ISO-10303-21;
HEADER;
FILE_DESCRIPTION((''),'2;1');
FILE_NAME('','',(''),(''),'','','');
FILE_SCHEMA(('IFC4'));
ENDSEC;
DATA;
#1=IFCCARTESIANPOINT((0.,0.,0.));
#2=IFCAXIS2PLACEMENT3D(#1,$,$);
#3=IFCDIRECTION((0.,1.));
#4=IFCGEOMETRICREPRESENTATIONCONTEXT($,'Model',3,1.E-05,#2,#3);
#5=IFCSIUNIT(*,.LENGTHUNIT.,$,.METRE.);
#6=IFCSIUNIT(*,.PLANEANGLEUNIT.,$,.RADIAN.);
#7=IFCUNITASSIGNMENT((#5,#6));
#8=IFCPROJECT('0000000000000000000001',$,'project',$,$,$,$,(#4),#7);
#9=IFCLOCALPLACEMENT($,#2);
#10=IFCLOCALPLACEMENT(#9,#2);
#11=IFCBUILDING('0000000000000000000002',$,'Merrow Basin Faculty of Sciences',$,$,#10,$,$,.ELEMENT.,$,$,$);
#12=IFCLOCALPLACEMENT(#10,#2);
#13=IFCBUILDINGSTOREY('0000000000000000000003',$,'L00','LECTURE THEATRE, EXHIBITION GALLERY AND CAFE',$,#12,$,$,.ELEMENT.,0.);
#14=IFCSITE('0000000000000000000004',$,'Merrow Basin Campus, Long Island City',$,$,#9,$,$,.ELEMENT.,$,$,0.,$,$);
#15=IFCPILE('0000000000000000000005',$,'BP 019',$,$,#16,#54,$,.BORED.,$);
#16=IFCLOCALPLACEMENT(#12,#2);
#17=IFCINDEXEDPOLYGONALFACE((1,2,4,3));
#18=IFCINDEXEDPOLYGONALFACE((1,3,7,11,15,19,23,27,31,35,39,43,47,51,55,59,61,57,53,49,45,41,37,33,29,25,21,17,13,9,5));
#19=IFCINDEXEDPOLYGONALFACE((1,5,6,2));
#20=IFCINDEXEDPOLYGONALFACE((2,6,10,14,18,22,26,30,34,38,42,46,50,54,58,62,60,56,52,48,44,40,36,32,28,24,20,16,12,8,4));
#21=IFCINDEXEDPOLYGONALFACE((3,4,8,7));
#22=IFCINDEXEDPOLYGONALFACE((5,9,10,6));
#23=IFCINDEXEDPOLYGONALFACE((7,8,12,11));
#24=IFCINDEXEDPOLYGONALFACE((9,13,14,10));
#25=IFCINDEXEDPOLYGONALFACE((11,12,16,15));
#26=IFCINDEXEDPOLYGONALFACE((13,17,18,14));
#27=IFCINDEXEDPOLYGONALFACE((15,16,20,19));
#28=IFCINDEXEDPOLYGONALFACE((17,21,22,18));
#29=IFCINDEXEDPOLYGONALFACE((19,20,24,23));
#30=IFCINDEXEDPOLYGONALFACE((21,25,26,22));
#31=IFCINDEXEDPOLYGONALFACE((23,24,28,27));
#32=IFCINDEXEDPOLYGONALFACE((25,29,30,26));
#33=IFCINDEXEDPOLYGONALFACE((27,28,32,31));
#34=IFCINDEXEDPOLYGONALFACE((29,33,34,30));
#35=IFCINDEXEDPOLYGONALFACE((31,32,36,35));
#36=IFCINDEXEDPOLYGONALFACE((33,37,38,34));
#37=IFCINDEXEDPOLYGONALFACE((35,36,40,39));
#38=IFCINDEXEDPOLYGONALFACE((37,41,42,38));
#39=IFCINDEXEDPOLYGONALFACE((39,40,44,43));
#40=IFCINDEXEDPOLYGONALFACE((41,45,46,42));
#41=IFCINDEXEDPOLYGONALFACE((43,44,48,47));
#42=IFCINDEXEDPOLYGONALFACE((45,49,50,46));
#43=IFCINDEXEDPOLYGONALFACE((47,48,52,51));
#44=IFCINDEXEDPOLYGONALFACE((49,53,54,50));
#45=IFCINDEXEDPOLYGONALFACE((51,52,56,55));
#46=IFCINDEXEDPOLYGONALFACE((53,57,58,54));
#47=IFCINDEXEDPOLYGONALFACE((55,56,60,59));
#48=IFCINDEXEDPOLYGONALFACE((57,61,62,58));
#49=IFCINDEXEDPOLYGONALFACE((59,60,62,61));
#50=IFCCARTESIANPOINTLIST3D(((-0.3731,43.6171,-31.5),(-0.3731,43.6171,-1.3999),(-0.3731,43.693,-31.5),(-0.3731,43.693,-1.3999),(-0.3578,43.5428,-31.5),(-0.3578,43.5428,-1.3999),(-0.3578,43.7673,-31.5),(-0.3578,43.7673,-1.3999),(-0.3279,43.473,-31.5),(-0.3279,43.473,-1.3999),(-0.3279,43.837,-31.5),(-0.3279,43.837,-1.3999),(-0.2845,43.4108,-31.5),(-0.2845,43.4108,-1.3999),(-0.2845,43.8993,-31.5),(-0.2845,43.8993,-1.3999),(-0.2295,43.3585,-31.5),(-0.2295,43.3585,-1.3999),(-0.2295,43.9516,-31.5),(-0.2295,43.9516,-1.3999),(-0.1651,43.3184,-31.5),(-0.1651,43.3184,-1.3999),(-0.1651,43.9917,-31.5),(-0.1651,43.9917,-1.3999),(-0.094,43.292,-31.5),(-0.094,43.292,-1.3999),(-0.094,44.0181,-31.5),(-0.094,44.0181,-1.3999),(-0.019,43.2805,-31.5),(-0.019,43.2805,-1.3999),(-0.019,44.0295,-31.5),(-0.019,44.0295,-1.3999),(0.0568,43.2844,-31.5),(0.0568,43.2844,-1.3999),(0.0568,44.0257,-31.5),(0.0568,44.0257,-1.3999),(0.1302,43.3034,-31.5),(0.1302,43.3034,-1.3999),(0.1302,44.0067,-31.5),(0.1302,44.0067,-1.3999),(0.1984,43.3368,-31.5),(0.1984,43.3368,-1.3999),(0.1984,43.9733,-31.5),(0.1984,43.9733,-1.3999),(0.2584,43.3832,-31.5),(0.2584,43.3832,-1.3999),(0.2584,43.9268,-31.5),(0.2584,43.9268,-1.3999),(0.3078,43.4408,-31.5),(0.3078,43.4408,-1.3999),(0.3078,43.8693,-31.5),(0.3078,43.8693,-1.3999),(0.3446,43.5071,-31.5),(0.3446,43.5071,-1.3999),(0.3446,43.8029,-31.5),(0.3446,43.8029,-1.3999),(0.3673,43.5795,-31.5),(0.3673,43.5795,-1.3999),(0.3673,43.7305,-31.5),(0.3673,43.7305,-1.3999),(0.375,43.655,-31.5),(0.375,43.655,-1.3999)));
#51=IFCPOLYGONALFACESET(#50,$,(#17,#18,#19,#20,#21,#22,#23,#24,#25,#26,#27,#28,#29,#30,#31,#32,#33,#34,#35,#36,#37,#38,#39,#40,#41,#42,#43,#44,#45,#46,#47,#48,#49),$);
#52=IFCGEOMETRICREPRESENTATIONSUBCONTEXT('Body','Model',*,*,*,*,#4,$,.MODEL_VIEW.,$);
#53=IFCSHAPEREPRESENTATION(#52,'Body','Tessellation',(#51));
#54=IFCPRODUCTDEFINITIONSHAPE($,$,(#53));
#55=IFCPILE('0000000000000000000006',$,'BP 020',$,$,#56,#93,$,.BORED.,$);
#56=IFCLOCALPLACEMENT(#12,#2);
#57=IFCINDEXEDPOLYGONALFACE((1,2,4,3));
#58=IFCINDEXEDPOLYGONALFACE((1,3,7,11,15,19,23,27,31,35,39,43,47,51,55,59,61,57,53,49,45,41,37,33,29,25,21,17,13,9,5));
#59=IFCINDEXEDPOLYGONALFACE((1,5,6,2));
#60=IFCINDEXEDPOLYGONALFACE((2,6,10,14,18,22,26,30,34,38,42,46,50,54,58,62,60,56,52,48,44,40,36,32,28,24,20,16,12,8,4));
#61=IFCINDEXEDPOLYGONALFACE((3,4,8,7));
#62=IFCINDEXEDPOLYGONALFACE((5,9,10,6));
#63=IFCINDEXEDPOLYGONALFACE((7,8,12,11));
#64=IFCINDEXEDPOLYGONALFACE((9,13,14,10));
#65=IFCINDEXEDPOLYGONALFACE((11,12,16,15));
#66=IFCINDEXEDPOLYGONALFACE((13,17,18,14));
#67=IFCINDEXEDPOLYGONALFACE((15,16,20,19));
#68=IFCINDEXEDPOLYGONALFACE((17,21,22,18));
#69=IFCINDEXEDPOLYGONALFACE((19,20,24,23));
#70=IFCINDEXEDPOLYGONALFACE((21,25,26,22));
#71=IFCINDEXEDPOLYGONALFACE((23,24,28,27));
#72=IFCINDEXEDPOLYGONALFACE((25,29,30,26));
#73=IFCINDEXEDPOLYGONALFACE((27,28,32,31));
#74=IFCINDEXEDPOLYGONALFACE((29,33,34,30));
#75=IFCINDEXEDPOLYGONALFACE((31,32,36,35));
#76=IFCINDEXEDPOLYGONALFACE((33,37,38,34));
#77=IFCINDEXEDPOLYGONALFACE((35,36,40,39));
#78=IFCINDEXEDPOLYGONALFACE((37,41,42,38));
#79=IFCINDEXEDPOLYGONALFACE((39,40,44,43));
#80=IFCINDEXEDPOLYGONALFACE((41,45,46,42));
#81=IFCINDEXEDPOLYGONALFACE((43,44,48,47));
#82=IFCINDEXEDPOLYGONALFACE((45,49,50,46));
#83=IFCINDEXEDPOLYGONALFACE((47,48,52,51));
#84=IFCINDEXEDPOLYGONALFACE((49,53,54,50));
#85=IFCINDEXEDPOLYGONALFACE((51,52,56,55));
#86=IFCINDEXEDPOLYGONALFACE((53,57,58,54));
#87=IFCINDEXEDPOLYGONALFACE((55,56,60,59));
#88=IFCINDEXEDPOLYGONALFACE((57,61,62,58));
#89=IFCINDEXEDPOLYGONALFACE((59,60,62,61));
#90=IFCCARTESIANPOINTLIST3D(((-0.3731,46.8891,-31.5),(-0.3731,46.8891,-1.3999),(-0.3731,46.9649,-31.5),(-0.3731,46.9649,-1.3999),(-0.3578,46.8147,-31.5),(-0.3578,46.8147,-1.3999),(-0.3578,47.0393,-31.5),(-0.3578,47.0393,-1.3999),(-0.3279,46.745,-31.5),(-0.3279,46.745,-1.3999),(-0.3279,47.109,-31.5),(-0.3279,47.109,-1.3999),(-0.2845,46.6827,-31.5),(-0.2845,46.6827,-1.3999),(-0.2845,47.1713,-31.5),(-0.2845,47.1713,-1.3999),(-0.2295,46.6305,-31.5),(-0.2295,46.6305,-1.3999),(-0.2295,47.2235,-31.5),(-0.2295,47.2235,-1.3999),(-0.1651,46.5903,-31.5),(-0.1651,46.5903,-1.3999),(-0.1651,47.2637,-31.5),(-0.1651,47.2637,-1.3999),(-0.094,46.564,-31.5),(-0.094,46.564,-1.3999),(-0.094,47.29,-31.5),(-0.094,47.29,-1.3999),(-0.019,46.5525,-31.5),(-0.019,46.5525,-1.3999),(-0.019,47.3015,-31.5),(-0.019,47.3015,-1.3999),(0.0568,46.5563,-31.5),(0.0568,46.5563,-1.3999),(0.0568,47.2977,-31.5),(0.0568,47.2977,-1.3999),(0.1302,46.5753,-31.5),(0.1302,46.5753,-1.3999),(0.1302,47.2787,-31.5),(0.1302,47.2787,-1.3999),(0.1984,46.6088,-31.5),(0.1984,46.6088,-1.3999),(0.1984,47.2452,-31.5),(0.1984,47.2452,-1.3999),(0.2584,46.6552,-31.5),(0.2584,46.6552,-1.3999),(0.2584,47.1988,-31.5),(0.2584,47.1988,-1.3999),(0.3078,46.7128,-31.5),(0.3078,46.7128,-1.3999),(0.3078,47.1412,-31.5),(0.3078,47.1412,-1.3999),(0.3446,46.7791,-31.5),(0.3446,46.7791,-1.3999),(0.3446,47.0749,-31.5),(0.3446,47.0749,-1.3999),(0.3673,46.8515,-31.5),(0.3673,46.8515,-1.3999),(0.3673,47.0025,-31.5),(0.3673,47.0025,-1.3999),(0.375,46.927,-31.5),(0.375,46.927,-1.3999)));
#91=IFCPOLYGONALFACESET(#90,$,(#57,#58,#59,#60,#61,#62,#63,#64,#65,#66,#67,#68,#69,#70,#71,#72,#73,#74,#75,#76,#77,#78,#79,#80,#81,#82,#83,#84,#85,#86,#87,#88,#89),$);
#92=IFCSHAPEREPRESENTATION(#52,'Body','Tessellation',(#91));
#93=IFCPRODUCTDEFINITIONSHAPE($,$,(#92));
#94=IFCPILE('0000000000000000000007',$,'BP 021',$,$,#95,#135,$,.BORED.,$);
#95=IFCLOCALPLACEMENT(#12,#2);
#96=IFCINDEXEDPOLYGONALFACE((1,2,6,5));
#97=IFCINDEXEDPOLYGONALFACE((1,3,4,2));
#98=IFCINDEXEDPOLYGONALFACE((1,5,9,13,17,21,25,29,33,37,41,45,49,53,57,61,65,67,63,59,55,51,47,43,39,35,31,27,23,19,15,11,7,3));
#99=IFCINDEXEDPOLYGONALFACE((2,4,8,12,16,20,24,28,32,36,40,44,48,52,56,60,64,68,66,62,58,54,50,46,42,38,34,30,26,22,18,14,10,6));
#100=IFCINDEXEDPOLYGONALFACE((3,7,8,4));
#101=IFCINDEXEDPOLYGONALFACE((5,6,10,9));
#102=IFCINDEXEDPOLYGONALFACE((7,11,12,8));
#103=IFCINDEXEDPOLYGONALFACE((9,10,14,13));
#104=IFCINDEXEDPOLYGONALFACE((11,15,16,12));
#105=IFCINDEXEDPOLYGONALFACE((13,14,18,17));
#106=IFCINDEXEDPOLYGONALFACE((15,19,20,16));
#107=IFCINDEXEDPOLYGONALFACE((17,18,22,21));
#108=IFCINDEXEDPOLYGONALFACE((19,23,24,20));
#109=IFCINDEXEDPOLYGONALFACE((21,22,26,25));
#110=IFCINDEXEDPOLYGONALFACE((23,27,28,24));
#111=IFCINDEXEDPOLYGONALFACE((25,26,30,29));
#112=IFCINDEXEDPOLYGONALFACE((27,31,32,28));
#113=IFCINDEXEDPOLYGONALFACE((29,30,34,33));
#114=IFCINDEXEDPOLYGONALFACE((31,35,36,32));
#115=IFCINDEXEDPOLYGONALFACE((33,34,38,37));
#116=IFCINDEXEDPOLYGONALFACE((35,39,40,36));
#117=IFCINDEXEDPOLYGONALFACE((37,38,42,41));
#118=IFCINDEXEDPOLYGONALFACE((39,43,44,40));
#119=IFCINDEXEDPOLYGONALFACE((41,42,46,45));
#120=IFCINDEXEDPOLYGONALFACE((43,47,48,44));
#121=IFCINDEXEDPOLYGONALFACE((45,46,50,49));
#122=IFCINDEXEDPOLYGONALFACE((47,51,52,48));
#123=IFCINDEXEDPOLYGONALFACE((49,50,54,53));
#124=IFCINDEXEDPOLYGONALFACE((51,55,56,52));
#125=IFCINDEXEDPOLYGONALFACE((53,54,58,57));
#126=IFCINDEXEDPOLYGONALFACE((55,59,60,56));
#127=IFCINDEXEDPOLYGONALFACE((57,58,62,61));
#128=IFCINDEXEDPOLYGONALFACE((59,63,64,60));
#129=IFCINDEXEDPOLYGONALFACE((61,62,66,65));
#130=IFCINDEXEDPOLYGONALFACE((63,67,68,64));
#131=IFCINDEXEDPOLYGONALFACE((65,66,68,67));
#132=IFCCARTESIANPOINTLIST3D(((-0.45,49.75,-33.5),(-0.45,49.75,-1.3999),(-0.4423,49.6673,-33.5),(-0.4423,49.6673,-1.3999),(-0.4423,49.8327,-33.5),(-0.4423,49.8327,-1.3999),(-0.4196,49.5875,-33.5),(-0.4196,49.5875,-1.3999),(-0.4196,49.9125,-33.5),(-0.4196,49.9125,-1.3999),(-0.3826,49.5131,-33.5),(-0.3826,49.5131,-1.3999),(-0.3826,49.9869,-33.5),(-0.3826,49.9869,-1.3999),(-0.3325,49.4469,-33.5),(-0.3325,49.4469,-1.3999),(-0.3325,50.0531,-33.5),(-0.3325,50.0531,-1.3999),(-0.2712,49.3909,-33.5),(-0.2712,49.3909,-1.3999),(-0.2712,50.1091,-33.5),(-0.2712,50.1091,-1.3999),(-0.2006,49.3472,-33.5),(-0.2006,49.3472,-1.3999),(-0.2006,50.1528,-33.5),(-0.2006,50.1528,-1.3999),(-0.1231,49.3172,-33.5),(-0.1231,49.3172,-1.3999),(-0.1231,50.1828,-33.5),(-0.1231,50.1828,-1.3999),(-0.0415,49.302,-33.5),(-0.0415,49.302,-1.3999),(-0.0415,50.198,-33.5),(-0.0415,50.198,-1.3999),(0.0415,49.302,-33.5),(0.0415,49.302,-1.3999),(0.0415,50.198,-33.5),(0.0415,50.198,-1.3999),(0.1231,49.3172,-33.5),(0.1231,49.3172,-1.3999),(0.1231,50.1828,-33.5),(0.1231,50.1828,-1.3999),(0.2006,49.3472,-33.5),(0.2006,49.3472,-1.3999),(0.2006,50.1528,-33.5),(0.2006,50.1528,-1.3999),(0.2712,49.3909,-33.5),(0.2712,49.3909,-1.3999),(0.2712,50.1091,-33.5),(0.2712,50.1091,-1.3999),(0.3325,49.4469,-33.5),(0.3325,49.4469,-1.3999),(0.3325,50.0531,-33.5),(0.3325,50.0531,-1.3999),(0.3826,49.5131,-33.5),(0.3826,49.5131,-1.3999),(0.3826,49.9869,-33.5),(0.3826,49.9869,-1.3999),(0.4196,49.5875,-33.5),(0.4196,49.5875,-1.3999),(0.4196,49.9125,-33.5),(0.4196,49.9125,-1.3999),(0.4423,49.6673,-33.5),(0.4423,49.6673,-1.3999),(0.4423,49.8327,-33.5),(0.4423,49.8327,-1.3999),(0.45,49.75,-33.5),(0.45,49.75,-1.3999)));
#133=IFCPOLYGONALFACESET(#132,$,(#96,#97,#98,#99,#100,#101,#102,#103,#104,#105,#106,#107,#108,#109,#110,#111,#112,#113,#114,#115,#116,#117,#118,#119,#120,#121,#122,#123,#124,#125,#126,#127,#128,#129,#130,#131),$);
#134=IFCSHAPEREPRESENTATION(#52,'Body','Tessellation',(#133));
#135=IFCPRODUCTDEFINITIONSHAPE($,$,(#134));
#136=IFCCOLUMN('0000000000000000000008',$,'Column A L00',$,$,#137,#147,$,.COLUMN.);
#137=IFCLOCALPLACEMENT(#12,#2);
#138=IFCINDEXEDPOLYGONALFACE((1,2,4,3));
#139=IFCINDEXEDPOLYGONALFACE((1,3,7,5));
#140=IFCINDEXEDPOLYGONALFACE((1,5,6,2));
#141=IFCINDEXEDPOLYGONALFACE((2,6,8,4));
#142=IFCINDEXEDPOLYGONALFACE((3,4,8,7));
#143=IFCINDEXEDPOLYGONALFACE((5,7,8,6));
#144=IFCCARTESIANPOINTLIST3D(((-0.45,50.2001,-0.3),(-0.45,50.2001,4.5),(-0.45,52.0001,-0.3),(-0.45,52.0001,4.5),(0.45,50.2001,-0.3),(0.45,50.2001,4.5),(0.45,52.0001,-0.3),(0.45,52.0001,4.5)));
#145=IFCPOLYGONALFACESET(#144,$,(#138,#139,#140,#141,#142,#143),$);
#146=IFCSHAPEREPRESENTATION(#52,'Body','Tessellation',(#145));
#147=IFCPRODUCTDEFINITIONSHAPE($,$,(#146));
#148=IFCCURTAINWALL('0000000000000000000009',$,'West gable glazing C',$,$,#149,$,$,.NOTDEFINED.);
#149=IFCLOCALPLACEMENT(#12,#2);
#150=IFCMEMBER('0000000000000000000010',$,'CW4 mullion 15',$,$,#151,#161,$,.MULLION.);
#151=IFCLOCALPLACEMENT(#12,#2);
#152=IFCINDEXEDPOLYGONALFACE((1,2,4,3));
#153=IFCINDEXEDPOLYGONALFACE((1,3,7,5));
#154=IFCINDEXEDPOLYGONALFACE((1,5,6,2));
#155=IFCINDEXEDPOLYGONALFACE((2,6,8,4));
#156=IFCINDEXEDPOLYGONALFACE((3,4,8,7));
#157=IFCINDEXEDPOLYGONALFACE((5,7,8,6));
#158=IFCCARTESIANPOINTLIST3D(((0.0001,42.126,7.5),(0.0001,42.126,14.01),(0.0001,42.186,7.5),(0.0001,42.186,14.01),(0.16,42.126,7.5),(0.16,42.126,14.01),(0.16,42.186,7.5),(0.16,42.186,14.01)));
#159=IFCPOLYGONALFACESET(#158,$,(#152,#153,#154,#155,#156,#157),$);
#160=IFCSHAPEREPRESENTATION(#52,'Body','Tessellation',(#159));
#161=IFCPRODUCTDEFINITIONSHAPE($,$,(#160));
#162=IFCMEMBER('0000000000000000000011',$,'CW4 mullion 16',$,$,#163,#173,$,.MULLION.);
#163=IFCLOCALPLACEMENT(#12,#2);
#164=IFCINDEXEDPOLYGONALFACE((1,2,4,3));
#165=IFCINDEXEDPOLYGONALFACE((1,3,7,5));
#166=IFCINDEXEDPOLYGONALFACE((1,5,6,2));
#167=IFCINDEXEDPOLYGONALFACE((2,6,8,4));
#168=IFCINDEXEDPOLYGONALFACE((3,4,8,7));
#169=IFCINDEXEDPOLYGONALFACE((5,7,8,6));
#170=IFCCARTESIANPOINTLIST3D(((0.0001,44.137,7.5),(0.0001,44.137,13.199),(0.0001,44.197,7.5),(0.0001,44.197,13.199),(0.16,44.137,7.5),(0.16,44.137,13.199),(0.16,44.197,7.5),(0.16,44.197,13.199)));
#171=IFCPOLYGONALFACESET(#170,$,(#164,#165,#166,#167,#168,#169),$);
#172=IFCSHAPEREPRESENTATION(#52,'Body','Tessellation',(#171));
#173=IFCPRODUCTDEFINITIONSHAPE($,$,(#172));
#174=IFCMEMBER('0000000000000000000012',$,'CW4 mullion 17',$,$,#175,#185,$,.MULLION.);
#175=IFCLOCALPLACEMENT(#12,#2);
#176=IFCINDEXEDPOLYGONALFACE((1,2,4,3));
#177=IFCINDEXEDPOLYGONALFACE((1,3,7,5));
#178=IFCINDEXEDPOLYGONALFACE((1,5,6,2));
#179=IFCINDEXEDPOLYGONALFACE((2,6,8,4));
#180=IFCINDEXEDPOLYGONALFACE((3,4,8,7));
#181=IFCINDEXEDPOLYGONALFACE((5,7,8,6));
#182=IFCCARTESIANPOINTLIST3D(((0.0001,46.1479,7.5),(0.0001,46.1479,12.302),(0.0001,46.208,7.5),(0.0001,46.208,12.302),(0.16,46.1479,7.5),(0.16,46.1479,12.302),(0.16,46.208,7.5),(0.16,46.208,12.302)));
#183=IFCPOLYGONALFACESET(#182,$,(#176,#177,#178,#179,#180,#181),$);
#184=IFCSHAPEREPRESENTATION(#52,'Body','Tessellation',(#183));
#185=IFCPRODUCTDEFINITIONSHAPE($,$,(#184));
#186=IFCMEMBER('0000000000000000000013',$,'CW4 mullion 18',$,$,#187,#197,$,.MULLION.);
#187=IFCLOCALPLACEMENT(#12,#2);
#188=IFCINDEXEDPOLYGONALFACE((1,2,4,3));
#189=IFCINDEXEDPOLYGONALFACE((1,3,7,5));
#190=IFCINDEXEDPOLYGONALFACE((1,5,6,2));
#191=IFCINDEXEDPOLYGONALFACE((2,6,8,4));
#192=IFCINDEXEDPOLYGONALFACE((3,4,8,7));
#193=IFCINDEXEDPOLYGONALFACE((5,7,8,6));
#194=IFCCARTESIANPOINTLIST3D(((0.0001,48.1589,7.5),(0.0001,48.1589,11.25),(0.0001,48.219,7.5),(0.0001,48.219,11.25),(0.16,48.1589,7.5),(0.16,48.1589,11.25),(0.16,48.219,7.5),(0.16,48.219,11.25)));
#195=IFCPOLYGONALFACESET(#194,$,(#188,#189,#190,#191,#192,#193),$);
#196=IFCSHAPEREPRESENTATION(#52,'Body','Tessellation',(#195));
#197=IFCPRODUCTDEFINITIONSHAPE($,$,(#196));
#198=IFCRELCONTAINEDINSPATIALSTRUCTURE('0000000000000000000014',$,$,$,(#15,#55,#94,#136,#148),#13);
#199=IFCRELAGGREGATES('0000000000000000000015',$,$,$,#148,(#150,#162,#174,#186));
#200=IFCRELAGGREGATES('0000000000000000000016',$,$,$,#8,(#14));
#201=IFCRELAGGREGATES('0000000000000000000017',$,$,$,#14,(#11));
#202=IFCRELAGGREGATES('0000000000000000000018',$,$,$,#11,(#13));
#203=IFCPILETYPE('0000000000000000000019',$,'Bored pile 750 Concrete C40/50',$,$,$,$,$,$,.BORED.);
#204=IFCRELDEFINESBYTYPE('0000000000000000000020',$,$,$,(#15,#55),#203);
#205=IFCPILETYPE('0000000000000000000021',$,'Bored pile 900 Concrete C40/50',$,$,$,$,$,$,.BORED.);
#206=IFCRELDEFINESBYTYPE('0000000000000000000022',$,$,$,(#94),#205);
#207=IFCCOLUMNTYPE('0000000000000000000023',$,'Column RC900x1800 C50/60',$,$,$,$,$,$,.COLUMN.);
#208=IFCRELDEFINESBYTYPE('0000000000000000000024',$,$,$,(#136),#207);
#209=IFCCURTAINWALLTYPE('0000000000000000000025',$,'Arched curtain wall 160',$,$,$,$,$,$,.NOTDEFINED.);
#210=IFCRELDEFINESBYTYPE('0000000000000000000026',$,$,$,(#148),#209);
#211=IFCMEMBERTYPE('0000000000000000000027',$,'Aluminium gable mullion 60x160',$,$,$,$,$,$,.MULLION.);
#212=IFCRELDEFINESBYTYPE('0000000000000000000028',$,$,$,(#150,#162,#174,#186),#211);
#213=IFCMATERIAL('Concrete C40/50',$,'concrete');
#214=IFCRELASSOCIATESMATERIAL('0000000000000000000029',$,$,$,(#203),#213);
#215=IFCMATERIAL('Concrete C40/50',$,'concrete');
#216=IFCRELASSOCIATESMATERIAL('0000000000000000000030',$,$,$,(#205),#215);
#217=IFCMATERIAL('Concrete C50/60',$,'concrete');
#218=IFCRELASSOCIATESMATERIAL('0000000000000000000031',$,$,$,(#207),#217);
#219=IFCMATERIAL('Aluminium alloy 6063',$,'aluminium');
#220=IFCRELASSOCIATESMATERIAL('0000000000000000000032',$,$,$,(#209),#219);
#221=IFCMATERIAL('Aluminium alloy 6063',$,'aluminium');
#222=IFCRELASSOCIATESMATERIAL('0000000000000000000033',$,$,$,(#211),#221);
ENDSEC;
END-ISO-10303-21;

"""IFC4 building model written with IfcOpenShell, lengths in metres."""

from ifc_helpers import new_model, si_unit, direction, frame, origin, origin_2d, place, context, subcontext, project, spatial, rectangle, circle, extrude, material, material_profile, profile_set, type_object, element, aggregate, save


model = new_model("IFC4")

# Units and contexts
model_context = context("Model", 3, precision=1e-05, world=origin(), true_north=direction((0.0, 1.0)))
body_context = subcontext(model_context, "Body", "Model", "MODEL_VIEW")
ifc_project = project(units=[si_unit("LENGTHUNIT", "METRE"), si_unit("PLANEANGLEUNIT", "RADIAN")], contexts=[model_context])

# Site, building, storey
site_placement = place(None, origin())
site = spatial("IfcSite", under=ifc_project, at=site_placement, Name="Merrow Basin Campus, Long Island City", CompositionType="ELEMENT", RefElevation=0.0)
building_placement = place(site_placement, origin())
building = spatial("IfcBuilding", under=site, at=building_placement, Name="Merrow Basin Faculty of Sciences", CompositionType="ELEMENT")
storey_placement = place(building_placement, origin())
storey = spatial("IfcBuildingStorey", under=building, at=storey_placement, Name="L00", Description="LECTURE THEATRE, EXHIBITION GALLERY AND CAFE", CompositionType="ELEMENT", Elevation=0.0)

# Piles
ifc_material_1 = material(Name="Concrete C40/50", Category="concrete")
ifc_material_profile_1 = material_profile(ifc_material_1, circle(Radius=0.375, at=origin_2d()))
ifc_profile_set_1 = profile_set([ifc_material_profile_1], Name="Concrete C40/50")
pile_type_1 = type_object("IfcPileType", Name="Bored pile 750 Concrete C40/50", PredefinedType="BORED", material=ifc_profile_set_1)
for number, where, z_axis, x_axis, name in (
    (1, (0.0, 43.655, -1.3999), (0.0, 0.0, -1.0), (1.0, 0.0, 0.0), "BP 019"),
    (2, (0.0, 46.927, -1.3999), (0.0, 0.0, -1.0), (1.0, 0.0, 0.0), "BP 020"),
):
    element("IfcPile", number, at=place(storey_placement, frame(where, z_axis=z_axis, x_axis=x_axis)), inside=storey, type_object=pile_type_1, Name=name, PredefinedType="BORED", context=body_context, shape_type="SweptSolid", body=[
        extrude(circle(Radius=0.375, at=origin_2d()), origin(), (0.0, 0.0, 1.0), 30.1001),
    ])
ifc_material_2 = material(Name="Concrete C40/50", Category="concrete")
ifc_material_profile_2 = material_profile(ifc_material_2, circle(Radius=0.45, at=origin_2d()))
ifc_profile_set_2 = profile_set([ifc_material_profile_2], Name="Concrete C40/50")
pile_type_2 = type_object("IfcPileType", Name="Bored pile 900 Concrete C40/50", PredefinedType="BORED", material=ifc_profile_set_2)
pile_placement = place(storey_placement, frame((0.0, 49.75, -1.3999), z_axis=(0.0, 0.0, -1.0), x_axis=(1.0, 0.0, 0.0)))
element("IfcPile", 3, at=pile_placement, inside=storey, type_object=pile_type_2, Name="BP 021", PredefinedType="BORED", context=body_context, shape_type="SweptSolid", body=[
    extrude(circle(Radius=0.45, at=origin_2d()), origin(), (0.0, 0.0, 1.0), 32.1001),
])

# Column
ifc_material_3 = material(Name="Concrete C50/60", Category="concrete")
ifc_material_profile_3 = material_profile(ifc_material_3, rectangle(XDim=0.8999, YDim=1.8, at=origin_2d()))
ifc_profile_set_3 = profile_set([ifc_material_profile_3], Name="Concrete C50/60")
column_type = type_object("IfcColumnType", Name="Column RC900x1800 C50/60", PredefinedType="COLUMN", material=ifc_profile_set_3)
column_placement = place(storey_placement, frame((0.0, 51.1001, -0.3), z_axis=(0.0, 0.0, 1.0), x_axis=(1.0, 0.0, 0.0)))
element("IfcColumn", 4, at=column_placement, inside=storey, type_object=column_type, Name="Column A L00", PredefinedType="COLUMN", context=body_context, shape_type="SweptSolid", body=[
    extrude(rectangle(XDim=0.8999, YDim=1.8, at=origin_2d()), origin(), (0.0, 0.0, 1.0), 4.8),
])

# Curtain wall, members
ifc_material_4 = material(Name="Aluminium alloy 6063", Category="aluminium")
curtain_wall_type = type_object("IfcCurtainWallType", Name="Arched curtain wall 160", PredefinedType="NOTDEFINED", material=ifc_material_4)
curtain_wall_placement = place(storey_placement, origin())
curtain_wall = element("IfcCurtainWall", 5, at=curtain_wall_placement, inside=storey, type_object=curtain_wall_type, Name="West gable glazing C", PredefinedType="NOTDEFINED")
ifc_material_5 = material(Name="Aluminium alloy 6063", Category="aluminium")
ifc_material_profile_4 = material_profile(ifc_material_5, rectangle(XDim=0.1599, YDim=0.0601, at=origin_2d()))
ifc_profile_set_4 = profile_set([ifc_material_profile_4], Name="Aluminium alloy 6063")
member_type_1 = type_object("IfcMemberType", Name="Aluminium gable mullion 60x160", PredefinedType="MULLION", material=ifc_profile_set_4)
member_1_placement = place(storey_placement, frame((0.0801, 42.156, 7.5), z_axis=(0.0, 0.0, 1.0), x_axis=(1.0, 0.0, 0.0)))
member_1 = element("IfcMember", 6, at=member_1_placement, type_object=member_type_1, Name="CW4 mullion 15", PredefinedType="MULLION", context=body_context, shape_type="SweptSolid", body=[
    extrude(rectangle(XDim=0.1599, YDim=0.0601, at=origin_2d()), origin(), (0.0, 0.0, 1.0), 6.51),
])
member_2_placement = place(storey_placement, frame((0.0801, 44.167, 7.5), z_axis=(0.0, 0.0, 1.0), x_axis=(1.0, 0.0, 0.0)))
member_2 = element("IfcMember", 7, at=member_2_placement, type_object=member_type_1, Name="CW4 mullion 16", PredefinedType="MULLION", context=body_context, shape_type="SweptSolid", body=[
    extrude(rectangle(XDim=0.1599, YDim=0.0601, at=origin_2d()), origin(), (0.0, 0.0, 1.0), 5.699),
])
member_3_placement = place(storey_placement, frame((0.0801, 46.178, 7.5), z_axis=(0.0, 0.0, 1.0), x_axis=(1.0, 0.0, 0.0)))
member_3 = element("IfcMember", 8, at=member_3_placement, type_object=member_type_1, Name="CW4 mullion 17", PredefinedType="MULLION", context=body_context, shape_type="SweptSolid", body=[
    extrude(rectangle(XDim=0.1599, YDim=0.0601, at=origin_2d()), origin(), (0.0, 0.0, 1.0), 4.802),
])
member_4_placement = place(storey_placement, frame((0.0801, 48.189, 7.5), z_axis=(0.0, 0.0, 1.0), x_axis=(1.0, 0.0, 0.0)))
member_4 = element("IfcMember", 9, at=member_4_placement, type_object=member_type_1, Name="CW4 mullion 18", PredefinedType="MULLION", context=body_context, shape_type="SweptSolid", body=[
    extrude(rectangle(XDim=0.1599, YDim=0.0601, at=origin_2d()), origin(), (0.0, 0.0, 1.0), 3.75),
])
aggregate(curtain_wall, [member_1, member_2, member_3, member_4])

save(model, "model.ifc")
